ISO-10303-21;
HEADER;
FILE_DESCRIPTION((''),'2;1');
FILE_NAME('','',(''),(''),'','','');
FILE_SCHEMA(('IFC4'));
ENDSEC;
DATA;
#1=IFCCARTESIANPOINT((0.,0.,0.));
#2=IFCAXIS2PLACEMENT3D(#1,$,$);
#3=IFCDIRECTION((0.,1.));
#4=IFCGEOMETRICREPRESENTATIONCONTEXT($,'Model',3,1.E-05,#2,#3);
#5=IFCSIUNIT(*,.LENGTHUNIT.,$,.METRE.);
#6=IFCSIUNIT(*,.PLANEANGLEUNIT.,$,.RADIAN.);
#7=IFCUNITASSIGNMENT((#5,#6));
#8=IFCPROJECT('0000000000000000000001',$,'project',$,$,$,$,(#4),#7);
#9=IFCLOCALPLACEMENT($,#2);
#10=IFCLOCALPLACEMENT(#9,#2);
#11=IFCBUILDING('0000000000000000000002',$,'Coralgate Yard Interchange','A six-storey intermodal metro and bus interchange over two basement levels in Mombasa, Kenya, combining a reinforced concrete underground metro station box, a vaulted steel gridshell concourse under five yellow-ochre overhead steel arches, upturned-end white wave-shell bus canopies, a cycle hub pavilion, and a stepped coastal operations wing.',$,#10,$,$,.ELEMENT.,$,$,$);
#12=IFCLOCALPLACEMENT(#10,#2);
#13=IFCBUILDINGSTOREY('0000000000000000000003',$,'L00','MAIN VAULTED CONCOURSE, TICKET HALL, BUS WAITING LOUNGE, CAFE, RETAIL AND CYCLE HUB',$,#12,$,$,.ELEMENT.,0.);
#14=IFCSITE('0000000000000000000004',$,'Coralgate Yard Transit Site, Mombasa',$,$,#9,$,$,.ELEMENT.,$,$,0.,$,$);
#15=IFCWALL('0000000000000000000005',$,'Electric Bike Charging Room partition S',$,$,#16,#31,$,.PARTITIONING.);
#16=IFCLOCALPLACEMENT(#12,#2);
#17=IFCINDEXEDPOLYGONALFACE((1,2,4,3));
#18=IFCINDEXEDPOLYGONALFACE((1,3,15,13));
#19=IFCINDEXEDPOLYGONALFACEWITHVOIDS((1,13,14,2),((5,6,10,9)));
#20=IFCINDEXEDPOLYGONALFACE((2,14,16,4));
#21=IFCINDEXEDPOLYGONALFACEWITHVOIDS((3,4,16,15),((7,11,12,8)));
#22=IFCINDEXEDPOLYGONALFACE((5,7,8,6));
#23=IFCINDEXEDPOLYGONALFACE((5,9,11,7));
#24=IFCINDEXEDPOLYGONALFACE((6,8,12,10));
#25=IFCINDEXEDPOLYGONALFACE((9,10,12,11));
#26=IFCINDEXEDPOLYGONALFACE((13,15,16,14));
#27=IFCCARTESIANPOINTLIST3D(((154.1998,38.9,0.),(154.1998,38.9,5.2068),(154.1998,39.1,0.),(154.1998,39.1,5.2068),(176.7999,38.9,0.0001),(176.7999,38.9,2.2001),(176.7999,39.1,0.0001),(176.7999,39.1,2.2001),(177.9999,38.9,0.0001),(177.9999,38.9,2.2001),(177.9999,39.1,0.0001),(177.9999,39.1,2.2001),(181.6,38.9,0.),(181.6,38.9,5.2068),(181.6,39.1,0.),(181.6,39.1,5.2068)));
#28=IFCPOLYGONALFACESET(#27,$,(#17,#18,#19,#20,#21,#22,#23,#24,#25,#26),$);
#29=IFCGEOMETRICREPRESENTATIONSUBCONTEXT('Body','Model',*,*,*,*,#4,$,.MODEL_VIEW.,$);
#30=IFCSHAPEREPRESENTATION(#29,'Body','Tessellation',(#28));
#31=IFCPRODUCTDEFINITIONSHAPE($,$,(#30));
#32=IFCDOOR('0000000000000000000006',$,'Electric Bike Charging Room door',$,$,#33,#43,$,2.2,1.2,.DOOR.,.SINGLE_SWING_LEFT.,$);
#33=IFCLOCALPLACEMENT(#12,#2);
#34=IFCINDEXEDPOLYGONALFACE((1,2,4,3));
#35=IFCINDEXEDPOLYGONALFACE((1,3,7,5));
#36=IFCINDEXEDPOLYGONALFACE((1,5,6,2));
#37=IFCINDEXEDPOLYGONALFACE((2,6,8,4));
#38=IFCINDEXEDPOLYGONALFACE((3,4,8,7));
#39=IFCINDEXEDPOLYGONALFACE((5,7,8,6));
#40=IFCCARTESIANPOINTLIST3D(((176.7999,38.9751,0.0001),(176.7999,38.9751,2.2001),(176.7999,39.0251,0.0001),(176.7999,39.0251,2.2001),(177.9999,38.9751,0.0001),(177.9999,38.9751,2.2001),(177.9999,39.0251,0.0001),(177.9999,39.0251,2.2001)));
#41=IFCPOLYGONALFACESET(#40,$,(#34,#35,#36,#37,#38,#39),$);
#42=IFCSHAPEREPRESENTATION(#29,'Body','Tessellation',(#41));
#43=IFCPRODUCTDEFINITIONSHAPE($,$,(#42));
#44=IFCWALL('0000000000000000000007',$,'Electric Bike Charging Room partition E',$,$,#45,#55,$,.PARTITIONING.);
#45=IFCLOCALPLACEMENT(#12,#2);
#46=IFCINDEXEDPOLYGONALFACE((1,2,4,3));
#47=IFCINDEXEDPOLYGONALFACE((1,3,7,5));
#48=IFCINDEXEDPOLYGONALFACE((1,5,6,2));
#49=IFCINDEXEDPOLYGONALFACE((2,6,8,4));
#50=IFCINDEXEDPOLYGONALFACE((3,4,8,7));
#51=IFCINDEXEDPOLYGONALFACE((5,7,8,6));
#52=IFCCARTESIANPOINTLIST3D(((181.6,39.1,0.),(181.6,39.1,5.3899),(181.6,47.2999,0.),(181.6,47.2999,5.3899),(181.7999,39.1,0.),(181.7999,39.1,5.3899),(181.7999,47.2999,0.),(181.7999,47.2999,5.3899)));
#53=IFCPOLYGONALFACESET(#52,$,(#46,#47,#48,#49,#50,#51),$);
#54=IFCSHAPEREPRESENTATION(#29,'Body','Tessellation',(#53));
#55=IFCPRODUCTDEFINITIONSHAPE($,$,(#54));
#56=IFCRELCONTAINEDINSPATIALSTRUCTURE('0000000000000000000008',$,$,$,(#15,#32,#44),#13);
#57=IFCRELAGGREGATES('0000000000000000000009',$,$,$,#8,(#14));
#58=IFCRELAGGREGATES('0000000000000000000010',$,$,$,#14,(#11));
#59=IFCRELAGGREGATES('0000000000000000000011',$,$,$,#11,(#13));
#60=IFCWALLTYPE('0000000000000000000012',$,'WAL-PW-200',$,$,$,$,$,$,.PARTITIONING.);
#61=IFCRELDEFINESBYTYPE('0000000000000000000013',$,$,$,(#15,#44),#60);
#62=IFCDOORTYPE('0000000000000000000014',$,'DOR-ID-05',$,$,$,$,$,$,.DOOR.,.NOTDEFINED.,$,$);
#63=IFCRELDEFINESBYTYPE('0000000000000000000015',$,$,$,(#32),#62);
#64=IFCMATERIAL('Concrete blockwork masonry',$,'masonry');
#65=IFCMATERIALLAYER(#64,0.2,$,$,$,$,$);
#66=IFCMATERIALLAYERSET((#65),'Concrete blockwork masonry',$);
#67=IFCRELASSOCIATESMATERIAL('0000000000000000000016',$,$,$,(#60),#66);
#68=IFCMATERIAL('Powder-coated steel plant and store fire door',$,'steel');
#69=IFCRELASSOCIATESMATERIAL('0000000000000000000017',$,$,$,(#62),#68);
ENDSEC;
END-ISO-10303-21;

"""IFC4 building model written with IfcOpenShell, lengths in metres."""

from ifc_helpers import new_model, si_unit, direction, frame, frame_2d, origin, place, context, subcontext, project, spatial, rectangle, extrude, material, layer, layer_set, type_object, element, fill, save


model = new_model("IFC4")

# Units and contexts
model_context = context("Model", 3, precision=1e-05, world=origin(), true_north=direction((0.0, 1.0)))
body_context = subcontext(model_context, "Body", "Model", "MODEL_VIEW")
ifc_project = project(units=[si_unit("LENGTHUNIT", "METRE"), si_unit("PLANEANGLEUNIT", "RADIAN")], contexts=[model_context])

# Site, building, storey
site_placement = place(None, origin())
site = spatial("IfcSite", under=ifc_project, at=site_placement, Name="Coralgate Yard Transit Site, Mombasa", CompositionType="ELEMENT", RefElevation=0.0)
building_placement = place(site_placement, origin())
building = spatial("IfcBuilding", under=site, at=building_placement, Name="Coralgate Yard Interchange", Description="A six-storey intermodal metro and bus interchange over two basement levels in Mombasa, Kenya, combining a reinforced concrete underground metro station box, a vaulted steel gridshell concourse under five yellow-ochre overhead steel arches, upturned-end white wave-shell bus canopies, a cycle hub pavilion, and a stepped coastal operations wing.", CompositionType="ELEMENT")
storey_placement = place(building_placement, origin())
storey = spatial("IfcBuildingStorey", under=building, at=storey_placement, Name="L00", Description="MAIN VAULTED CONCOURSE, TICKET HALL, BUS WAITING LOUNGE, CAFE, RETAIL AND CYCLE HUB", CompositionType="ELEMENT", Elevation=0.0)

# Wall, opening, door
ifc_material_1 = material(Name="Concrete blockwork masonry", Category="masonry")
ifc_layer_1 = layer(ifc_material_1, 0.2)
ifc_layer_set_1 = layer_set([ifc_layer_1], Name="Concrete blockwork masonry")
wall_type_1 = type_object("IfcWallType", Name="WAL-PW-200", PredefinedType="PARTITIONING", material=ifc_layer_set_1)
wall_1_placement = place(storey_placement, frame((181.6001, 39.0, 0.0), z_axis=(0.0, 0.0, 1.0), x_axis=(-1.0, 0.0, 0.0)))
wall_1 = element("IfcWall", 1, at=wall_1_placement, inside=storey, type_object=wall_type_1, Name="Electric Bike Charging Room partition S", PredefinedType="PARTITIONING", context=body_context, shape_type="SweptSolid", body=[
    extrude(rectangle(XDim=27.4001, YDim=0.2, at=frame_2d((13.7002, 0.0))), origin(), (0.0, 0.0, 1.0), 5.2068),
])
opening_1_placement = place(wall_1_placement, frame((3.6001, 0.0, 0.0)))
opening_1 = element("IfcOpeningElement", 2, at=opening_1_placement, cuts=wall_1, PredefinedType="OPENING", context=body_context, shape_type="SweptSolid", body=[
    extrude(rectangle(XDim=1.2, YDim=2.2, at=frame_2d((0.6001, 1.1001))), frame((0.0, 0.1099, 0.0), z_axis=(0.0, -1.0, 0.0), x_axis=(1.0, 0.0, 0.0)), (0.0, 0.0, 1.0), 0.22),
])
ifc_material_2 = material(Name="Powder-coated steel plant and store fire door", Category="steel")
door_type = type_object("IfcDoorType", Name="DOR-ID-05", OperationType="NOTDEFINED", PredefinedType="DOOR", material=ifc_material_2)
door_placement = place(opening_1_placement, origin())
door = element("IfcDoor", 3, at=door_placement, inside=storey, type_object=door_type, Name="Electric Bike Charging Room door", OperationType="SINGLE_SWING_LEFT", OverallHeight=2.2, OverallWidth=1.2, PredefinedType="DOOR", context=body_context, shape_type="SweptSolid", body=[
    extrude(rectangle(XDim=1.2, YDim=2.2, at=frame_2d((0.6001, 1.1001))), frame((0.0, 0.0249, 0.0), z_axis=(0.0, -1.0, 0.0), x_axis=(1.0, 0.0, 0.0)), (0.0, 0.0, 1.0), 0.05),
])
fill(opening_1, door)

# Wall
wall_2_placement = place(storey_placement, frame((181.7, 47.3, 0.0), z_axis=(0.0, 0.0, 1.0), x_axis=(0.0, -1.0, 0.0)))
element("IfcWall", 4, at=wall_2_placement, inside=storey, type_object=wall_type_1, Name="Electric Bike Charging Room partition E", PredefinedType="PARTITIONING", context=body_context, shape_type="SweptSolid", body=[
    extrude(rectangle(XDim=8.2, YDim=0.2, at=frame_2d((4.1001, 0.0))), origin(), (0.0, 0.0, 1.0), 5.3899),
])

save(model, "model.ifc")
